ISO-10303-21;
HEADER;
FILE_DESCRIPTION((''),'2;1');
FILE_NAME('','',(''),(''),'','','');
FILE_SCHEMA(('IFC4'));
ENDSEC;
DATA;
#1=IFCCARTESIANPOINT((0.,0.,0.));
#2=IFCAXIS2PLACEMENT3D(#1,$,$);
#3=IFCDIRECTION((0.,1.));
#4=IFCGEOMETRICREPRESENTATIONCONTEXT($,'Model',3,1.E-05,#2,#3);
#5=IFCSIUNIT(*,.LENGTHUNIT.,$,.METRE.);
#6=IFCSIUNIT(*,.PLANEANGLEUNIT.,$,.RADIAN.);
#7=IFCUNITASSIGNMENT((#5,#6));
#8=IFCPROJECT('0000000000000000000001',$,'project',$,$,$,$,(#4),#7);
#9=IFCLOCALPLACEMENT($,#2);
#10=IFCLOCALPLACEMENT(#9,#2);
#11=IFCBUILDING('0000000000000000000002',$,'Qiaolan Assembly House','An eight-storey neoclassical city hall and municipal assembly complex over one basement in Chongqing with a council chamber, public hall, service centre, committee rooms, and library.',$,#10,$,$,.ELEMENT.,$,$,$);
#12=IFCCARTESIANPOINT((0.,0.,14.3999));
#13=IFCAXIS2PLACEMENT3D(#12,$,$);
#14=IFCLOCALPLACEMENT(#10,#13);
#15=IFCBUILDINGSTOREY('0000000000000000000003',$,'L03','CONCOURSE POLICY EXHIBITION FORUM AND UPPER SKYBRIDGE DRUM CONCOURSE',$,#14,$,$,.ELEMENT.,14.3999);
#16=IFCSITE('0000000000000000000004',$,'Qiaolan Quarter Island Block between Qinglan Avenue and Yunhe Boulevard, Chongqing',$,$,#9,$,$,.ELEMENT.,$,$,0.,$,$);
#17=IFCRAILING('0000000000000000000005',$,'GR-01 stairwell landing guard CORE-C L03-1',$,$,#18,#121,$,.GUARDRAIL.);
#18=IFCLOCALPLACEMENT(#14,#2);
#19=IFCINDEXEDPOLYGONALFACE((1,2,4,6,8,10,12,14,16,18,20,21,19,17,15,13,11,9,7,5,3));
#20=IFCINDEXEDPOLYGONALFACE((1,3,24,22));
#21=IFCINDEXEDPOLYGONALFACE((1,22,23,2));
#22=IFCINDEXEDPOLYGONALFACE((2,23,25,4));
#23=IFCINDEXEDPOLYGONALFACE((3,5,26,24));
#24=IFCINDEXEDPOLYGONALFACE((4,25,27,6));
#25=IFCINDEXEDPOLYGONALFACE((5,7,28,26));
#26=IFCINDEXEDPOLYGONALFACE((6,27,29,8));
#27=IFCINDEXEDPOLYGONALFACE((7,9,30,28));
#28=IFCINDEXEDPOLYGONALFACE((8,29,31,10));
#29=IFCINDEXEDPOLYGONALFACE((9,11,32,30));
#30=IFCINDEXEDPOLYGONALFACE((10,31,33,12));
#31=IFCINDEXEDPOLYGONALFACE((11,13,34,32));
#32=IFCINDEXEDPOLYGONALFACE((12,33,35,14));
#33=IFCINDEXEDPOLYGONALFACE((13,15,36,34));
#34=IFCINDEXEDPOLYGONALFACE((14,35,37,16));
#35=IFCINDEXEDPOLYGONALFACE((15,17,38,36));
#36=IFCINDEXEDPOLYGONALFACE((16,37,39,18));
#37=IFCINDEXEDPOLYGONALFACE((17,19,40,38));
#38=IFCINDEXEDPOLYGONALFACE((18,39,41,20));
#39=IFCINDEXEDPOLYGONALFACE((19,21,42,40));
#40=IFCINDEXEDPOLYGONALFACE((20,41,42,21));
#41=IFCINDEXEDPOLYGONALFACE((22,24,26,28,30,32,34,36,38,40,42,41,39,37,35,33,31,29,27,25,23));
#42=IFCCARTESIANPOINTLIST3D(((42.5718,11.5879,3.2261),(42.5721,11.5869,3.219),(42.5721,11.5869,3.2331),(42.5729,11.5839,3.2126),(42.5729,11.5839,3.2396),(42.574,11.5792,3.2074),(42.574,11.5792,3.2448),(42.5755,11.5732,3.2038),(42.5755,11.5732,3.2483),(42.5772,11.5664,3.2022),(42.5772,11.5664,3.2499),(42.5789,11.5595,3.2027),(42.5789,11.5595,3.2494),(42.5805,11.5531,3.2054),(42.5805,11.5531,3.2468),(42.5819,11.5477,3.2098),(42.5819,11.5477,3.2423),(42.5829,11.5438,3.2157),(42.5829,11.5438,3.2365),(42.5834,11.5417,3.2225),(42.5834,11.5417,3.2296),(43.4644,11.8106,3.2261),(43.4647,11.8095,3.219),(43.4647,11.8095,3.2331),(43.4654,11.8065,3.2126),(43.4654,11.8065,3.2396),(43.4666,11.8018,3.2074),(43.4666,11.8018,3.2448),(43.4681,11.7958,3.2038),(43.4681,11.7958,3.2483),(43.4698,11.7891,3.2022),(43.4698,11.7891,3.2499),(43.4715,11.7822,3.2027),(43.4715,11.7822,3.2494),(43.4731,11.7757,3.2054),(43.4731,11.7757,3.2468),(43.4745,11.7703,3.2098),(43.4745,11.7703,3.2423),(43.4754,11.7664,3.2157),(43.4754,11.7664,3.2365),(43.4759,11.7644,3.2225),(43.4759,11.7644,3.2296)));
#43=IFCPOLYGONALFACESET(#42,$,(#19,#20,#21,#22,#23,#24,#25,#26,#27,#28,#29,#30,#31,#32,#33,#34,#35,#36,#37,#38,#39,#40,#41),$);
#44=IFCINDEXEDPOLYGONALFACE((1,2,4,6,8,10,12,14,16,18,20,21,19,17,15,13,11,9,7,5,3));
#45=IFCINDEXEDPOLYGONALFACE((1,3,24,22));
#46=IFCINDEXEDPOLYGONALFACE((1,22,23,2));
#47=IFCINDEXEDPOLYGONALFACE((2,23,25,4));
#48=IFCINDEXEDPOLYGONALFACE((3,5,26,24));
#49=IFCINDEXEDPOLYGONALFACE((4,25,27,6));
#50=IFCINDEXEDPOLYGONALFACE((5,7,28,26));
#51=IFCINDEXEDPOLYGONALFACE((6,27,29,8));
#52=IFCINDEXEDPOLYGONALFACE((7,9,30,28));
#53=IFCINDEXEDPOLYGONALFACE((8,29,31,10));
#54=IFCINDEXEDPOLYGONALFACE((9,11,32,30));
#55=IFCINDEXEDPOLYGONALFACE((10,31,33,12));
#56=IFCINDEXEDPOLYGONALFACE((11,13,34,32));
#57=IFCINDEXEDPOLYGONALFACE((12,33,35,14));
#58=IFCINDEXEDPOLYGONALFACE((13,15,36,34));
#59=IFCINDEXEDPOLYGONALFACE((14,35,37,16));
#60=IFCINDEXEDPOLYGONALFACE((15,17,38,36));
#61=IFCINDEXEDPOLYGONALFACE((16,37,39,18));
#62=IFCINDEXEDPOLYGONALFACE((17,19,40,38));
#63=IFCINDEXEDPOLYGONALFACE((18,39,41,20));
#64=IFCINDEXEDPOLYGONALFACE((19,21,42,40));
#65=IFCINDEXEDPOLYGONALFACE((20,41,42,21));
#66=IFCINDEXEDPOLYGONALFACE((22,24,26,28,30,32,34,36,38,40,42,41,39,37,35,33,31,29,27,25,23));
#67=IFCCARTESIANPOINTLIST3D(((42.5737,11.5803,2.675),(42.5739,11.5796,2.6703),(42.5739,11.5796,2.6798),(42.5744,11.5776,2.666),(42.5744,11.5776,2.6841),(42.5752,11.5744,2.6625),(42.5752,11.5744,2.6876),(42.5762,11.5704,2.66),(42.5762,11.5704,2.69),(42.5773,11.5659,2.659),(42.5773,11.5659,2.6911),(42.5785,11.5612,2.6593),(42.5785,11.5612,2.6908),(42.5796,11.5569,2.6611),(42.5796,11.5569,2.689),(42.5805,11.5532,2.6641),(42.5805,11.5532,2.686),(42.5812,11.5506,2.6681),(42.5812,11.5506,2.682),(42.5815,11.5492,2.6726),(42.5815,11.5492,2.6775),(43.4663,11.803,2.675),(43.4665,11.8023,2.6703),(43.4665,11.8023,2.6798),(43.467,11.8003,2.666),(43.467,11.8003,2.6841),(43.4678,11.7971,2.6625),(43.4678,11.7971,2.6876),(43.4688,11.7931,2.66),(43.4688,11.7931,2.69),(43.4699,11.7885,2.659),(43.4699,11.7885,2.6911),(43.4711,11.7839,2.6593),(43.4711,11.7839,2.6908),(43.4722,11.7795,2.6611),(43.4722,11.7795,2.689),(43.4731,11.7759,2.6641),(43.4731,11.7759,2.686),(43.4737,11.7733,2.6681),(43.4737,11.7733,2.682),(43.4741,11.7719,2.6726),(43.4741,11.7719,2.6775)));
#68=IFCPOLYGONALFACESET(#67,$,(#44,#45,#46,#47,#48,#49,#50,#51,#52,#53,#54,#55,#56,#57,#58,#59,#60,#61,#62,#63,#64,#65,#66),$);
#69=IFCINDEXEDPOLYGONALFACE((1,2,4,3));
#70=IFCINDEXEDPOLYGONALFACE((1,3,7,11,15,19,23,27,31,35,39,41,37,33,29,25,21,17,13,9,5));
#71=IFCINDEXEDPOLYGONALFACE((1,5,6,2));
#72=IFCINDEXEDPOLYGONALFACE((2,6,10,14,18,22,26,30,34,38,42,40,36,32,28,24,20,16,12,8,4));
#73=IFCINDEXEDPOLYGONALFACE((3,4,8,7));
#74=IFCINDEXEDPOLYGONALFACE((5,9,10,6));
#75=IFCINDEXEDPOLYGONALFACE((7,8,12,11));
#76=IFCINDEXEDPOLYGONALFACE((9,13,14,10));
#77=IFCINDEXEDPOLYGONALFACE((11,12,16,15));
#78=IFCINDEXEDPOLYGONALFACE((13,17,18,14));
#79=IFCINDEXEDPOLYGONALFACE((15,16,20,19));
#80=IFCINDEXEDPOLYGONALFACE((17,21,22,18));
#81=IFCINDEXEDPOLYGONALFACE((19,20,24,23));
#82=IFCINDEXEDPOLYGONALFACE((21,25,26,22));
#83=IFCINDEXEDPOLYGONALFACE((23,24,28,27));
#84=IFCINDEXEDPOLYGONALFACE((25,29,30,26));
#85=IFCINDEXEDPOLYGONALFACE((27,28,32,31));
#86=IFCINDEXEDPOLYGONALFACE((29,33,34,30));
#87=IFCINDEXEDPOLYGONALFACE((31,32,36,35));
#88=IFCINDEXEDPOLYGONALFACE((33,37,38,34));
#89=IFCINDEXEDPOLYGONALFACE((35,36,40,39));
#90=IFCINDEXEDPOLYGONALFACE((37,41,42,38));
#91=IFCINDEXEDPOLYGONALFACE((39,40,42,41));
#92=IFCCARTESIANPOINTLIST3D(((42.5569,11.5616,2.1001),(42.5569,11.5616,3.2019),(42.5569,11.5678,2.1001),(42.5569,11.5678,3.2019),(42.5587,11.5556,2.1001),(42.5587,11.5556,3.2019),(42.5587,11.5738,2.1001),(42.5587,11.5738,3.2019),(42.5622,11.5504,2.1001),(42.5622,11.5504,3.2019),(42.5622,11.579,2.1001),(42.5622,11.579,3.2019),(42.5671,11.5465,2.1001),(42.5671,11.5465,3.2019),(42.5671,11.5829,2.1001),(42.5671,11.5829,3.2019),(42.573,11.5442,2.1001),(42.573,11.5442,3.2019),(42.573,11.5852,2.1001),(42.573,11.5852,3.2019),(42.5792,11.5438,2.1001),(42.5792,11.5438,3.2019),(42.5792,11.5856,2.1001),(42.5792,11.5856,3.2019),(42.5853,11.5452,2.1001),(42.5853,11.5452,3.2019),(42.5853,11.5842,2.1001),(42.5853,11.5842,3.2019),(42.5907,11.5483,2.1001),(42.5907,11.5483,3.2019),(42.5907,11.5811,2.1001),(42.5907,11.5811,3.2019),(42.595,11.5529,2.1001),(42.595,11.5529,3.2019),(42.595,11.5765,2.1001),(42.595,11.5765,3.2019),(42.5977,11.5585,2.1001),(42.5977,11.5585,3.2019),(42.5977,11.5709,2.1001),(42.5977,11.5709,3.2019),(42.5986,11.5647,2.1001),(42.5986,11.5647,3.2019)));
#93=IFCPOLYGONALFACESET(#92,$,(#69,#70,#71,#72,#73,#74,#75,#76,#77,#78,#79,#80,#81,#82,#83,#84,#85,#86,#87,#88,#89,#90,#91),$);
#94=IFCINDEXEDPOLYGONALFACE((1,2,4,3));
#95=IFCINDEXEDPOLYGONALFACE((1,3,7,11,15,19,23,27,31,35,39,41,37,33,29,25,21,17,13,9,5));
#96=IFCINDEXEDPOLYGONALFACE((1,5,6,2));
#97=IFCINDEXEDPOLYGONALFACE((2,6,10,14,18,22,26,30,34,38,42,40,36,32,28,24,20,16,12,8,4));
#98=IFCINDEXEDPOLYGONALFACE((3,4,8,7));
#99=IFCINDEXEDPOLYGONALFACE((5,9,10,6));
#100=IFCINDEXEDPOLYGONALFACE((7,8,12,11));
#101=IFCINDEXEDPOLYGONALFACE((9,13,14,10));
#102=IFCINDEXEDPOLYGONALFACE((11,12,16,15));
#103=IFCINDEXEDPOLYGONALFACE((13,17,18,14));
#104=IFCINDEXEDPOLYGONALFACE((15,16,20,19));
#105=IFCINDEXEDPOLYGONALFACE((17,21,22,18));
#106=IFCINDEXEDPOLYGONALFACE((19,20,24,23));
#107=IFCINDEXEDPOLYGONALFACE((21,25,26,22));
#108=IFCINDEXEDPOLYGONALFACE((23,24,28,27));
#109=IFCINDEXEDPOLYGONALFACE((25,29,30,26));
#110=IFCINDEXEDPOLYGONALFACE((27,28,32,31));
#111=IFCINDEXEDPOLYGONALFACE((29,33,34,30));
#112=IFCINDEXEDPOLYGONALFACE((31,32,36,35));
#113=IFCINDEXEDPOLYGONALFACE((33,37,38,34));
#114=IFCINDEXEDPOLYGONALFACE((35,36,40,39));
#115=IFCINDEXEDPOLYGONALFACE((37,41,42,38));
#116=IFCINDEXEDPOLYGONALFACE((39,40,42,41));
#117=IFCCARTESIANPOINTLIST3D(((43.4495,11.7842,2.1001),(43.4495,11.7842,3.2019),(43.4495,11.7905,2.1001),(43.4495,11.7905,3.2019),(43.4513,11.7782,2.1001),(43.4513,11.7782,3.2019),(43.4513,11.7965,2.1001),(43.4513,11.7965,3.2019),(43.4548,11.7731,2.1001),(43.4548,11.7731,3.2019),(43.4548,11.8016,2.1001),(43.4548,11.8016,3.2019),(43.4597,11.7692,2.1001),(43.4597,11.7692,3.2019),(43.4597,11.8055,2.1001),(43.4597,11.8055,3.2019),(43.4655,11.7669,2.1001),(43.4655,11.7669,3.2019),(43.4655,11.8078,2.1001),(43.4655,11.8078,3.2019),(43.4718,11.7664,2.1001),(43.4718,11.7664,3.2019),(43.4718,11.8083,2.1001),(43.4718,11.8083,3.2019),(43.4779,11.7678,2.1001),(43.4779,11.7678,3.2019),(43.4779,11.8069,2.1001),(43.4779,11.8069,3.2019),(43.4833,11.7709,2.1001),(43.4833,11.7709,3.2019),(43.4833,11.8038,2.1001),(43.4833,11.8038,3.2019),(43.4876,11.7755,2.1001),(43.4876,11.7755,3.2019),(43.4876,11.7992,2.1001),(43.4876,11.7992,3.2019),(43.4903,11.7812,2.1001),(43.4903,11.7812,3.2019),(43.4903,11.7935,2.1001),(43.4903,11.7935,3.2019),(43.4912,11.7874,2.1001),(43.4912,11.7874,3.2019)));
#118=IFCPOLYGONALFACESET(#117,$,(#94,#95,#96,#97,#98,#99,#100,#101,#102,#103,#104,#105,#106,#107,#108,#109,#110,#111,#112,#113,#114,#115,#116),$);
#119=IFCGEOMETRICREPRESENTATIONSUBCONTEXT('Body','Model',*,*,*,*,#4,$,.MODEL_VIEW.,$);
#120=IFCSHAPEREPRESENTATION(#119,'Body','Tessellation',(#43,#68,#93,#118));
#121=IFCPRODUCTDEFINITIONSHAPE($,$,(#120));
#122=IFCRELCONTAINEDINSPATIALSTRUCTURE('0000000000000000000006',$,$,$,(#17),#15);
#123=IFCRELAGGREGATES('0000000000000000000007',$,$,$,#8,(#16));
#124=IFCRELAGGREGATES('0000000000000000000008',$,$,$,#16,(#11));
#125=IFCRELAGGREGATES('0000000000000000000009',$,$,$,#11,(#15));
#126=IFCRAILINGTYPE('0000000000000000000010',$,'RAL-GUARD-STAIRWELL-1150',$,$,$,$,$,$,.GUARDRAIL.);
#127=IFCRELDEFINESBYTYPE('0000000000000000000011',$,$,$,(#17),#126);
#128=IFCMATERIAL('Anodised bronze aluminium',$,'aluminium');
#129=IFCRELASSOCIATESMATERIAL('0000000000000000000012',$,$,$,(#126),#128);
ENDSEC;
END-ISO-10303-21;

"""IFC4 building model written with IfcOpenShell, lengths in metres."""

from ifc_helpers import new_model, si_unit, direction, frame, origin, origin_2d, place, context, subcontext, project, spatial, circle, extrude, material, type_object, element, save


model = new_model("IFC4")

# Units and contexts
model_context = context("Model", 3, precision=1e-05, world=origin(), true_north=direction((0.0, 1.0)))
body_context = subcontext(model_context, "Body", "Model", "MODEL_VIEW")
ifc_project = project(units=[si_unit("LENGTHUNIT", "METRE"), si_unit("PLANEANGLEUNIT", "RADIAN")], contexts=[model_context])

# Site, building, storey
site_placement = place(None, origin())
site = spatial("IfcSite", under=ifc_project, at=site_placement, Name="Qiaolan Quarter Island Block between Qinglan Avenue and Yunhe Boulevard, Chongqing", CompositionType="ELEMENT", RefElevation=0.0)
building_placement = place(site_placement, origin())
building = spatial("IfcBuilding", under=site, at=building_placement, Name="Qiaolan Assembly House", Description="An eight-storey neoclassical city hall and municipal assembly complex over one basement in Chongqing with a council chamber, public hall, service centre, committee rooms, and library.", CompositionType="ELEMENT")
storey_placement = place(building_placement, frame((0.0, 0.0, 14.3999)))
storey = spatial("IfcBuildingStorey", under=building, at=storey_placement, Name="L03", Description="CONCOURSE POLICY EXHIBITION FORUM AND UPPER SKYBRIDGE DRUM CONCOURSE", CompositionType="ELEMENT", Elevation=14.3999)

# Shared definitions
ifc_material_1 = material(Name="Anodised bronze aluminium", Category="aluminium")

# Railing
railing_type_1 = type_object("IfcRailingType", Name="RAL-GUARD-STAIRWELL-1150", PredefinedType="GUARDRAIL", material=ifc_material_1)
railing_1_placement = place(storey_placement, frame((42.5776, 11.5647, 2.1001)))
element("IfcRailing", 1, at=railing_1_placement, inside=storey, type_object=railing_type_1, Name="GR-01 stairwell landing guard CORE-C L03-1", PredefinedType="GUARDRAIL", context=body_context, shape_type="SweptSolid", body=[
    extrude(circle(Radius=0.0239, at=origin_2d()), frame((0.0, 0.0, 1.126), z_axis=(0.970267, 0.242036, 0.0), x_axis=(-0.242036, 0.970267, 0.0)), (0.0, 0.0, 1.0), 0.9199),
    extrude(circle(Radius=0.0161, at=origin_2d()), frame((0.0, 0.0, 0.575), z_axis=(0.970267, 0.242036, 0.0), x_axis=(-0.242036, 0.970267, 0.0)), (0.0, 0.0, 1.0), 0.9199),
    extrude(circle(Radius=0.021, at=origin_2d()), origin(), (0.0, 0.0, 1.0), 1.1018),
    extrude(circle(Radius=0.021, at=origin_2d()), frame((0.8926, 0.2227, 0.0)), (0.0, 0.0, 1.0), 1.1018),
])

save(model, "model.ifc")
